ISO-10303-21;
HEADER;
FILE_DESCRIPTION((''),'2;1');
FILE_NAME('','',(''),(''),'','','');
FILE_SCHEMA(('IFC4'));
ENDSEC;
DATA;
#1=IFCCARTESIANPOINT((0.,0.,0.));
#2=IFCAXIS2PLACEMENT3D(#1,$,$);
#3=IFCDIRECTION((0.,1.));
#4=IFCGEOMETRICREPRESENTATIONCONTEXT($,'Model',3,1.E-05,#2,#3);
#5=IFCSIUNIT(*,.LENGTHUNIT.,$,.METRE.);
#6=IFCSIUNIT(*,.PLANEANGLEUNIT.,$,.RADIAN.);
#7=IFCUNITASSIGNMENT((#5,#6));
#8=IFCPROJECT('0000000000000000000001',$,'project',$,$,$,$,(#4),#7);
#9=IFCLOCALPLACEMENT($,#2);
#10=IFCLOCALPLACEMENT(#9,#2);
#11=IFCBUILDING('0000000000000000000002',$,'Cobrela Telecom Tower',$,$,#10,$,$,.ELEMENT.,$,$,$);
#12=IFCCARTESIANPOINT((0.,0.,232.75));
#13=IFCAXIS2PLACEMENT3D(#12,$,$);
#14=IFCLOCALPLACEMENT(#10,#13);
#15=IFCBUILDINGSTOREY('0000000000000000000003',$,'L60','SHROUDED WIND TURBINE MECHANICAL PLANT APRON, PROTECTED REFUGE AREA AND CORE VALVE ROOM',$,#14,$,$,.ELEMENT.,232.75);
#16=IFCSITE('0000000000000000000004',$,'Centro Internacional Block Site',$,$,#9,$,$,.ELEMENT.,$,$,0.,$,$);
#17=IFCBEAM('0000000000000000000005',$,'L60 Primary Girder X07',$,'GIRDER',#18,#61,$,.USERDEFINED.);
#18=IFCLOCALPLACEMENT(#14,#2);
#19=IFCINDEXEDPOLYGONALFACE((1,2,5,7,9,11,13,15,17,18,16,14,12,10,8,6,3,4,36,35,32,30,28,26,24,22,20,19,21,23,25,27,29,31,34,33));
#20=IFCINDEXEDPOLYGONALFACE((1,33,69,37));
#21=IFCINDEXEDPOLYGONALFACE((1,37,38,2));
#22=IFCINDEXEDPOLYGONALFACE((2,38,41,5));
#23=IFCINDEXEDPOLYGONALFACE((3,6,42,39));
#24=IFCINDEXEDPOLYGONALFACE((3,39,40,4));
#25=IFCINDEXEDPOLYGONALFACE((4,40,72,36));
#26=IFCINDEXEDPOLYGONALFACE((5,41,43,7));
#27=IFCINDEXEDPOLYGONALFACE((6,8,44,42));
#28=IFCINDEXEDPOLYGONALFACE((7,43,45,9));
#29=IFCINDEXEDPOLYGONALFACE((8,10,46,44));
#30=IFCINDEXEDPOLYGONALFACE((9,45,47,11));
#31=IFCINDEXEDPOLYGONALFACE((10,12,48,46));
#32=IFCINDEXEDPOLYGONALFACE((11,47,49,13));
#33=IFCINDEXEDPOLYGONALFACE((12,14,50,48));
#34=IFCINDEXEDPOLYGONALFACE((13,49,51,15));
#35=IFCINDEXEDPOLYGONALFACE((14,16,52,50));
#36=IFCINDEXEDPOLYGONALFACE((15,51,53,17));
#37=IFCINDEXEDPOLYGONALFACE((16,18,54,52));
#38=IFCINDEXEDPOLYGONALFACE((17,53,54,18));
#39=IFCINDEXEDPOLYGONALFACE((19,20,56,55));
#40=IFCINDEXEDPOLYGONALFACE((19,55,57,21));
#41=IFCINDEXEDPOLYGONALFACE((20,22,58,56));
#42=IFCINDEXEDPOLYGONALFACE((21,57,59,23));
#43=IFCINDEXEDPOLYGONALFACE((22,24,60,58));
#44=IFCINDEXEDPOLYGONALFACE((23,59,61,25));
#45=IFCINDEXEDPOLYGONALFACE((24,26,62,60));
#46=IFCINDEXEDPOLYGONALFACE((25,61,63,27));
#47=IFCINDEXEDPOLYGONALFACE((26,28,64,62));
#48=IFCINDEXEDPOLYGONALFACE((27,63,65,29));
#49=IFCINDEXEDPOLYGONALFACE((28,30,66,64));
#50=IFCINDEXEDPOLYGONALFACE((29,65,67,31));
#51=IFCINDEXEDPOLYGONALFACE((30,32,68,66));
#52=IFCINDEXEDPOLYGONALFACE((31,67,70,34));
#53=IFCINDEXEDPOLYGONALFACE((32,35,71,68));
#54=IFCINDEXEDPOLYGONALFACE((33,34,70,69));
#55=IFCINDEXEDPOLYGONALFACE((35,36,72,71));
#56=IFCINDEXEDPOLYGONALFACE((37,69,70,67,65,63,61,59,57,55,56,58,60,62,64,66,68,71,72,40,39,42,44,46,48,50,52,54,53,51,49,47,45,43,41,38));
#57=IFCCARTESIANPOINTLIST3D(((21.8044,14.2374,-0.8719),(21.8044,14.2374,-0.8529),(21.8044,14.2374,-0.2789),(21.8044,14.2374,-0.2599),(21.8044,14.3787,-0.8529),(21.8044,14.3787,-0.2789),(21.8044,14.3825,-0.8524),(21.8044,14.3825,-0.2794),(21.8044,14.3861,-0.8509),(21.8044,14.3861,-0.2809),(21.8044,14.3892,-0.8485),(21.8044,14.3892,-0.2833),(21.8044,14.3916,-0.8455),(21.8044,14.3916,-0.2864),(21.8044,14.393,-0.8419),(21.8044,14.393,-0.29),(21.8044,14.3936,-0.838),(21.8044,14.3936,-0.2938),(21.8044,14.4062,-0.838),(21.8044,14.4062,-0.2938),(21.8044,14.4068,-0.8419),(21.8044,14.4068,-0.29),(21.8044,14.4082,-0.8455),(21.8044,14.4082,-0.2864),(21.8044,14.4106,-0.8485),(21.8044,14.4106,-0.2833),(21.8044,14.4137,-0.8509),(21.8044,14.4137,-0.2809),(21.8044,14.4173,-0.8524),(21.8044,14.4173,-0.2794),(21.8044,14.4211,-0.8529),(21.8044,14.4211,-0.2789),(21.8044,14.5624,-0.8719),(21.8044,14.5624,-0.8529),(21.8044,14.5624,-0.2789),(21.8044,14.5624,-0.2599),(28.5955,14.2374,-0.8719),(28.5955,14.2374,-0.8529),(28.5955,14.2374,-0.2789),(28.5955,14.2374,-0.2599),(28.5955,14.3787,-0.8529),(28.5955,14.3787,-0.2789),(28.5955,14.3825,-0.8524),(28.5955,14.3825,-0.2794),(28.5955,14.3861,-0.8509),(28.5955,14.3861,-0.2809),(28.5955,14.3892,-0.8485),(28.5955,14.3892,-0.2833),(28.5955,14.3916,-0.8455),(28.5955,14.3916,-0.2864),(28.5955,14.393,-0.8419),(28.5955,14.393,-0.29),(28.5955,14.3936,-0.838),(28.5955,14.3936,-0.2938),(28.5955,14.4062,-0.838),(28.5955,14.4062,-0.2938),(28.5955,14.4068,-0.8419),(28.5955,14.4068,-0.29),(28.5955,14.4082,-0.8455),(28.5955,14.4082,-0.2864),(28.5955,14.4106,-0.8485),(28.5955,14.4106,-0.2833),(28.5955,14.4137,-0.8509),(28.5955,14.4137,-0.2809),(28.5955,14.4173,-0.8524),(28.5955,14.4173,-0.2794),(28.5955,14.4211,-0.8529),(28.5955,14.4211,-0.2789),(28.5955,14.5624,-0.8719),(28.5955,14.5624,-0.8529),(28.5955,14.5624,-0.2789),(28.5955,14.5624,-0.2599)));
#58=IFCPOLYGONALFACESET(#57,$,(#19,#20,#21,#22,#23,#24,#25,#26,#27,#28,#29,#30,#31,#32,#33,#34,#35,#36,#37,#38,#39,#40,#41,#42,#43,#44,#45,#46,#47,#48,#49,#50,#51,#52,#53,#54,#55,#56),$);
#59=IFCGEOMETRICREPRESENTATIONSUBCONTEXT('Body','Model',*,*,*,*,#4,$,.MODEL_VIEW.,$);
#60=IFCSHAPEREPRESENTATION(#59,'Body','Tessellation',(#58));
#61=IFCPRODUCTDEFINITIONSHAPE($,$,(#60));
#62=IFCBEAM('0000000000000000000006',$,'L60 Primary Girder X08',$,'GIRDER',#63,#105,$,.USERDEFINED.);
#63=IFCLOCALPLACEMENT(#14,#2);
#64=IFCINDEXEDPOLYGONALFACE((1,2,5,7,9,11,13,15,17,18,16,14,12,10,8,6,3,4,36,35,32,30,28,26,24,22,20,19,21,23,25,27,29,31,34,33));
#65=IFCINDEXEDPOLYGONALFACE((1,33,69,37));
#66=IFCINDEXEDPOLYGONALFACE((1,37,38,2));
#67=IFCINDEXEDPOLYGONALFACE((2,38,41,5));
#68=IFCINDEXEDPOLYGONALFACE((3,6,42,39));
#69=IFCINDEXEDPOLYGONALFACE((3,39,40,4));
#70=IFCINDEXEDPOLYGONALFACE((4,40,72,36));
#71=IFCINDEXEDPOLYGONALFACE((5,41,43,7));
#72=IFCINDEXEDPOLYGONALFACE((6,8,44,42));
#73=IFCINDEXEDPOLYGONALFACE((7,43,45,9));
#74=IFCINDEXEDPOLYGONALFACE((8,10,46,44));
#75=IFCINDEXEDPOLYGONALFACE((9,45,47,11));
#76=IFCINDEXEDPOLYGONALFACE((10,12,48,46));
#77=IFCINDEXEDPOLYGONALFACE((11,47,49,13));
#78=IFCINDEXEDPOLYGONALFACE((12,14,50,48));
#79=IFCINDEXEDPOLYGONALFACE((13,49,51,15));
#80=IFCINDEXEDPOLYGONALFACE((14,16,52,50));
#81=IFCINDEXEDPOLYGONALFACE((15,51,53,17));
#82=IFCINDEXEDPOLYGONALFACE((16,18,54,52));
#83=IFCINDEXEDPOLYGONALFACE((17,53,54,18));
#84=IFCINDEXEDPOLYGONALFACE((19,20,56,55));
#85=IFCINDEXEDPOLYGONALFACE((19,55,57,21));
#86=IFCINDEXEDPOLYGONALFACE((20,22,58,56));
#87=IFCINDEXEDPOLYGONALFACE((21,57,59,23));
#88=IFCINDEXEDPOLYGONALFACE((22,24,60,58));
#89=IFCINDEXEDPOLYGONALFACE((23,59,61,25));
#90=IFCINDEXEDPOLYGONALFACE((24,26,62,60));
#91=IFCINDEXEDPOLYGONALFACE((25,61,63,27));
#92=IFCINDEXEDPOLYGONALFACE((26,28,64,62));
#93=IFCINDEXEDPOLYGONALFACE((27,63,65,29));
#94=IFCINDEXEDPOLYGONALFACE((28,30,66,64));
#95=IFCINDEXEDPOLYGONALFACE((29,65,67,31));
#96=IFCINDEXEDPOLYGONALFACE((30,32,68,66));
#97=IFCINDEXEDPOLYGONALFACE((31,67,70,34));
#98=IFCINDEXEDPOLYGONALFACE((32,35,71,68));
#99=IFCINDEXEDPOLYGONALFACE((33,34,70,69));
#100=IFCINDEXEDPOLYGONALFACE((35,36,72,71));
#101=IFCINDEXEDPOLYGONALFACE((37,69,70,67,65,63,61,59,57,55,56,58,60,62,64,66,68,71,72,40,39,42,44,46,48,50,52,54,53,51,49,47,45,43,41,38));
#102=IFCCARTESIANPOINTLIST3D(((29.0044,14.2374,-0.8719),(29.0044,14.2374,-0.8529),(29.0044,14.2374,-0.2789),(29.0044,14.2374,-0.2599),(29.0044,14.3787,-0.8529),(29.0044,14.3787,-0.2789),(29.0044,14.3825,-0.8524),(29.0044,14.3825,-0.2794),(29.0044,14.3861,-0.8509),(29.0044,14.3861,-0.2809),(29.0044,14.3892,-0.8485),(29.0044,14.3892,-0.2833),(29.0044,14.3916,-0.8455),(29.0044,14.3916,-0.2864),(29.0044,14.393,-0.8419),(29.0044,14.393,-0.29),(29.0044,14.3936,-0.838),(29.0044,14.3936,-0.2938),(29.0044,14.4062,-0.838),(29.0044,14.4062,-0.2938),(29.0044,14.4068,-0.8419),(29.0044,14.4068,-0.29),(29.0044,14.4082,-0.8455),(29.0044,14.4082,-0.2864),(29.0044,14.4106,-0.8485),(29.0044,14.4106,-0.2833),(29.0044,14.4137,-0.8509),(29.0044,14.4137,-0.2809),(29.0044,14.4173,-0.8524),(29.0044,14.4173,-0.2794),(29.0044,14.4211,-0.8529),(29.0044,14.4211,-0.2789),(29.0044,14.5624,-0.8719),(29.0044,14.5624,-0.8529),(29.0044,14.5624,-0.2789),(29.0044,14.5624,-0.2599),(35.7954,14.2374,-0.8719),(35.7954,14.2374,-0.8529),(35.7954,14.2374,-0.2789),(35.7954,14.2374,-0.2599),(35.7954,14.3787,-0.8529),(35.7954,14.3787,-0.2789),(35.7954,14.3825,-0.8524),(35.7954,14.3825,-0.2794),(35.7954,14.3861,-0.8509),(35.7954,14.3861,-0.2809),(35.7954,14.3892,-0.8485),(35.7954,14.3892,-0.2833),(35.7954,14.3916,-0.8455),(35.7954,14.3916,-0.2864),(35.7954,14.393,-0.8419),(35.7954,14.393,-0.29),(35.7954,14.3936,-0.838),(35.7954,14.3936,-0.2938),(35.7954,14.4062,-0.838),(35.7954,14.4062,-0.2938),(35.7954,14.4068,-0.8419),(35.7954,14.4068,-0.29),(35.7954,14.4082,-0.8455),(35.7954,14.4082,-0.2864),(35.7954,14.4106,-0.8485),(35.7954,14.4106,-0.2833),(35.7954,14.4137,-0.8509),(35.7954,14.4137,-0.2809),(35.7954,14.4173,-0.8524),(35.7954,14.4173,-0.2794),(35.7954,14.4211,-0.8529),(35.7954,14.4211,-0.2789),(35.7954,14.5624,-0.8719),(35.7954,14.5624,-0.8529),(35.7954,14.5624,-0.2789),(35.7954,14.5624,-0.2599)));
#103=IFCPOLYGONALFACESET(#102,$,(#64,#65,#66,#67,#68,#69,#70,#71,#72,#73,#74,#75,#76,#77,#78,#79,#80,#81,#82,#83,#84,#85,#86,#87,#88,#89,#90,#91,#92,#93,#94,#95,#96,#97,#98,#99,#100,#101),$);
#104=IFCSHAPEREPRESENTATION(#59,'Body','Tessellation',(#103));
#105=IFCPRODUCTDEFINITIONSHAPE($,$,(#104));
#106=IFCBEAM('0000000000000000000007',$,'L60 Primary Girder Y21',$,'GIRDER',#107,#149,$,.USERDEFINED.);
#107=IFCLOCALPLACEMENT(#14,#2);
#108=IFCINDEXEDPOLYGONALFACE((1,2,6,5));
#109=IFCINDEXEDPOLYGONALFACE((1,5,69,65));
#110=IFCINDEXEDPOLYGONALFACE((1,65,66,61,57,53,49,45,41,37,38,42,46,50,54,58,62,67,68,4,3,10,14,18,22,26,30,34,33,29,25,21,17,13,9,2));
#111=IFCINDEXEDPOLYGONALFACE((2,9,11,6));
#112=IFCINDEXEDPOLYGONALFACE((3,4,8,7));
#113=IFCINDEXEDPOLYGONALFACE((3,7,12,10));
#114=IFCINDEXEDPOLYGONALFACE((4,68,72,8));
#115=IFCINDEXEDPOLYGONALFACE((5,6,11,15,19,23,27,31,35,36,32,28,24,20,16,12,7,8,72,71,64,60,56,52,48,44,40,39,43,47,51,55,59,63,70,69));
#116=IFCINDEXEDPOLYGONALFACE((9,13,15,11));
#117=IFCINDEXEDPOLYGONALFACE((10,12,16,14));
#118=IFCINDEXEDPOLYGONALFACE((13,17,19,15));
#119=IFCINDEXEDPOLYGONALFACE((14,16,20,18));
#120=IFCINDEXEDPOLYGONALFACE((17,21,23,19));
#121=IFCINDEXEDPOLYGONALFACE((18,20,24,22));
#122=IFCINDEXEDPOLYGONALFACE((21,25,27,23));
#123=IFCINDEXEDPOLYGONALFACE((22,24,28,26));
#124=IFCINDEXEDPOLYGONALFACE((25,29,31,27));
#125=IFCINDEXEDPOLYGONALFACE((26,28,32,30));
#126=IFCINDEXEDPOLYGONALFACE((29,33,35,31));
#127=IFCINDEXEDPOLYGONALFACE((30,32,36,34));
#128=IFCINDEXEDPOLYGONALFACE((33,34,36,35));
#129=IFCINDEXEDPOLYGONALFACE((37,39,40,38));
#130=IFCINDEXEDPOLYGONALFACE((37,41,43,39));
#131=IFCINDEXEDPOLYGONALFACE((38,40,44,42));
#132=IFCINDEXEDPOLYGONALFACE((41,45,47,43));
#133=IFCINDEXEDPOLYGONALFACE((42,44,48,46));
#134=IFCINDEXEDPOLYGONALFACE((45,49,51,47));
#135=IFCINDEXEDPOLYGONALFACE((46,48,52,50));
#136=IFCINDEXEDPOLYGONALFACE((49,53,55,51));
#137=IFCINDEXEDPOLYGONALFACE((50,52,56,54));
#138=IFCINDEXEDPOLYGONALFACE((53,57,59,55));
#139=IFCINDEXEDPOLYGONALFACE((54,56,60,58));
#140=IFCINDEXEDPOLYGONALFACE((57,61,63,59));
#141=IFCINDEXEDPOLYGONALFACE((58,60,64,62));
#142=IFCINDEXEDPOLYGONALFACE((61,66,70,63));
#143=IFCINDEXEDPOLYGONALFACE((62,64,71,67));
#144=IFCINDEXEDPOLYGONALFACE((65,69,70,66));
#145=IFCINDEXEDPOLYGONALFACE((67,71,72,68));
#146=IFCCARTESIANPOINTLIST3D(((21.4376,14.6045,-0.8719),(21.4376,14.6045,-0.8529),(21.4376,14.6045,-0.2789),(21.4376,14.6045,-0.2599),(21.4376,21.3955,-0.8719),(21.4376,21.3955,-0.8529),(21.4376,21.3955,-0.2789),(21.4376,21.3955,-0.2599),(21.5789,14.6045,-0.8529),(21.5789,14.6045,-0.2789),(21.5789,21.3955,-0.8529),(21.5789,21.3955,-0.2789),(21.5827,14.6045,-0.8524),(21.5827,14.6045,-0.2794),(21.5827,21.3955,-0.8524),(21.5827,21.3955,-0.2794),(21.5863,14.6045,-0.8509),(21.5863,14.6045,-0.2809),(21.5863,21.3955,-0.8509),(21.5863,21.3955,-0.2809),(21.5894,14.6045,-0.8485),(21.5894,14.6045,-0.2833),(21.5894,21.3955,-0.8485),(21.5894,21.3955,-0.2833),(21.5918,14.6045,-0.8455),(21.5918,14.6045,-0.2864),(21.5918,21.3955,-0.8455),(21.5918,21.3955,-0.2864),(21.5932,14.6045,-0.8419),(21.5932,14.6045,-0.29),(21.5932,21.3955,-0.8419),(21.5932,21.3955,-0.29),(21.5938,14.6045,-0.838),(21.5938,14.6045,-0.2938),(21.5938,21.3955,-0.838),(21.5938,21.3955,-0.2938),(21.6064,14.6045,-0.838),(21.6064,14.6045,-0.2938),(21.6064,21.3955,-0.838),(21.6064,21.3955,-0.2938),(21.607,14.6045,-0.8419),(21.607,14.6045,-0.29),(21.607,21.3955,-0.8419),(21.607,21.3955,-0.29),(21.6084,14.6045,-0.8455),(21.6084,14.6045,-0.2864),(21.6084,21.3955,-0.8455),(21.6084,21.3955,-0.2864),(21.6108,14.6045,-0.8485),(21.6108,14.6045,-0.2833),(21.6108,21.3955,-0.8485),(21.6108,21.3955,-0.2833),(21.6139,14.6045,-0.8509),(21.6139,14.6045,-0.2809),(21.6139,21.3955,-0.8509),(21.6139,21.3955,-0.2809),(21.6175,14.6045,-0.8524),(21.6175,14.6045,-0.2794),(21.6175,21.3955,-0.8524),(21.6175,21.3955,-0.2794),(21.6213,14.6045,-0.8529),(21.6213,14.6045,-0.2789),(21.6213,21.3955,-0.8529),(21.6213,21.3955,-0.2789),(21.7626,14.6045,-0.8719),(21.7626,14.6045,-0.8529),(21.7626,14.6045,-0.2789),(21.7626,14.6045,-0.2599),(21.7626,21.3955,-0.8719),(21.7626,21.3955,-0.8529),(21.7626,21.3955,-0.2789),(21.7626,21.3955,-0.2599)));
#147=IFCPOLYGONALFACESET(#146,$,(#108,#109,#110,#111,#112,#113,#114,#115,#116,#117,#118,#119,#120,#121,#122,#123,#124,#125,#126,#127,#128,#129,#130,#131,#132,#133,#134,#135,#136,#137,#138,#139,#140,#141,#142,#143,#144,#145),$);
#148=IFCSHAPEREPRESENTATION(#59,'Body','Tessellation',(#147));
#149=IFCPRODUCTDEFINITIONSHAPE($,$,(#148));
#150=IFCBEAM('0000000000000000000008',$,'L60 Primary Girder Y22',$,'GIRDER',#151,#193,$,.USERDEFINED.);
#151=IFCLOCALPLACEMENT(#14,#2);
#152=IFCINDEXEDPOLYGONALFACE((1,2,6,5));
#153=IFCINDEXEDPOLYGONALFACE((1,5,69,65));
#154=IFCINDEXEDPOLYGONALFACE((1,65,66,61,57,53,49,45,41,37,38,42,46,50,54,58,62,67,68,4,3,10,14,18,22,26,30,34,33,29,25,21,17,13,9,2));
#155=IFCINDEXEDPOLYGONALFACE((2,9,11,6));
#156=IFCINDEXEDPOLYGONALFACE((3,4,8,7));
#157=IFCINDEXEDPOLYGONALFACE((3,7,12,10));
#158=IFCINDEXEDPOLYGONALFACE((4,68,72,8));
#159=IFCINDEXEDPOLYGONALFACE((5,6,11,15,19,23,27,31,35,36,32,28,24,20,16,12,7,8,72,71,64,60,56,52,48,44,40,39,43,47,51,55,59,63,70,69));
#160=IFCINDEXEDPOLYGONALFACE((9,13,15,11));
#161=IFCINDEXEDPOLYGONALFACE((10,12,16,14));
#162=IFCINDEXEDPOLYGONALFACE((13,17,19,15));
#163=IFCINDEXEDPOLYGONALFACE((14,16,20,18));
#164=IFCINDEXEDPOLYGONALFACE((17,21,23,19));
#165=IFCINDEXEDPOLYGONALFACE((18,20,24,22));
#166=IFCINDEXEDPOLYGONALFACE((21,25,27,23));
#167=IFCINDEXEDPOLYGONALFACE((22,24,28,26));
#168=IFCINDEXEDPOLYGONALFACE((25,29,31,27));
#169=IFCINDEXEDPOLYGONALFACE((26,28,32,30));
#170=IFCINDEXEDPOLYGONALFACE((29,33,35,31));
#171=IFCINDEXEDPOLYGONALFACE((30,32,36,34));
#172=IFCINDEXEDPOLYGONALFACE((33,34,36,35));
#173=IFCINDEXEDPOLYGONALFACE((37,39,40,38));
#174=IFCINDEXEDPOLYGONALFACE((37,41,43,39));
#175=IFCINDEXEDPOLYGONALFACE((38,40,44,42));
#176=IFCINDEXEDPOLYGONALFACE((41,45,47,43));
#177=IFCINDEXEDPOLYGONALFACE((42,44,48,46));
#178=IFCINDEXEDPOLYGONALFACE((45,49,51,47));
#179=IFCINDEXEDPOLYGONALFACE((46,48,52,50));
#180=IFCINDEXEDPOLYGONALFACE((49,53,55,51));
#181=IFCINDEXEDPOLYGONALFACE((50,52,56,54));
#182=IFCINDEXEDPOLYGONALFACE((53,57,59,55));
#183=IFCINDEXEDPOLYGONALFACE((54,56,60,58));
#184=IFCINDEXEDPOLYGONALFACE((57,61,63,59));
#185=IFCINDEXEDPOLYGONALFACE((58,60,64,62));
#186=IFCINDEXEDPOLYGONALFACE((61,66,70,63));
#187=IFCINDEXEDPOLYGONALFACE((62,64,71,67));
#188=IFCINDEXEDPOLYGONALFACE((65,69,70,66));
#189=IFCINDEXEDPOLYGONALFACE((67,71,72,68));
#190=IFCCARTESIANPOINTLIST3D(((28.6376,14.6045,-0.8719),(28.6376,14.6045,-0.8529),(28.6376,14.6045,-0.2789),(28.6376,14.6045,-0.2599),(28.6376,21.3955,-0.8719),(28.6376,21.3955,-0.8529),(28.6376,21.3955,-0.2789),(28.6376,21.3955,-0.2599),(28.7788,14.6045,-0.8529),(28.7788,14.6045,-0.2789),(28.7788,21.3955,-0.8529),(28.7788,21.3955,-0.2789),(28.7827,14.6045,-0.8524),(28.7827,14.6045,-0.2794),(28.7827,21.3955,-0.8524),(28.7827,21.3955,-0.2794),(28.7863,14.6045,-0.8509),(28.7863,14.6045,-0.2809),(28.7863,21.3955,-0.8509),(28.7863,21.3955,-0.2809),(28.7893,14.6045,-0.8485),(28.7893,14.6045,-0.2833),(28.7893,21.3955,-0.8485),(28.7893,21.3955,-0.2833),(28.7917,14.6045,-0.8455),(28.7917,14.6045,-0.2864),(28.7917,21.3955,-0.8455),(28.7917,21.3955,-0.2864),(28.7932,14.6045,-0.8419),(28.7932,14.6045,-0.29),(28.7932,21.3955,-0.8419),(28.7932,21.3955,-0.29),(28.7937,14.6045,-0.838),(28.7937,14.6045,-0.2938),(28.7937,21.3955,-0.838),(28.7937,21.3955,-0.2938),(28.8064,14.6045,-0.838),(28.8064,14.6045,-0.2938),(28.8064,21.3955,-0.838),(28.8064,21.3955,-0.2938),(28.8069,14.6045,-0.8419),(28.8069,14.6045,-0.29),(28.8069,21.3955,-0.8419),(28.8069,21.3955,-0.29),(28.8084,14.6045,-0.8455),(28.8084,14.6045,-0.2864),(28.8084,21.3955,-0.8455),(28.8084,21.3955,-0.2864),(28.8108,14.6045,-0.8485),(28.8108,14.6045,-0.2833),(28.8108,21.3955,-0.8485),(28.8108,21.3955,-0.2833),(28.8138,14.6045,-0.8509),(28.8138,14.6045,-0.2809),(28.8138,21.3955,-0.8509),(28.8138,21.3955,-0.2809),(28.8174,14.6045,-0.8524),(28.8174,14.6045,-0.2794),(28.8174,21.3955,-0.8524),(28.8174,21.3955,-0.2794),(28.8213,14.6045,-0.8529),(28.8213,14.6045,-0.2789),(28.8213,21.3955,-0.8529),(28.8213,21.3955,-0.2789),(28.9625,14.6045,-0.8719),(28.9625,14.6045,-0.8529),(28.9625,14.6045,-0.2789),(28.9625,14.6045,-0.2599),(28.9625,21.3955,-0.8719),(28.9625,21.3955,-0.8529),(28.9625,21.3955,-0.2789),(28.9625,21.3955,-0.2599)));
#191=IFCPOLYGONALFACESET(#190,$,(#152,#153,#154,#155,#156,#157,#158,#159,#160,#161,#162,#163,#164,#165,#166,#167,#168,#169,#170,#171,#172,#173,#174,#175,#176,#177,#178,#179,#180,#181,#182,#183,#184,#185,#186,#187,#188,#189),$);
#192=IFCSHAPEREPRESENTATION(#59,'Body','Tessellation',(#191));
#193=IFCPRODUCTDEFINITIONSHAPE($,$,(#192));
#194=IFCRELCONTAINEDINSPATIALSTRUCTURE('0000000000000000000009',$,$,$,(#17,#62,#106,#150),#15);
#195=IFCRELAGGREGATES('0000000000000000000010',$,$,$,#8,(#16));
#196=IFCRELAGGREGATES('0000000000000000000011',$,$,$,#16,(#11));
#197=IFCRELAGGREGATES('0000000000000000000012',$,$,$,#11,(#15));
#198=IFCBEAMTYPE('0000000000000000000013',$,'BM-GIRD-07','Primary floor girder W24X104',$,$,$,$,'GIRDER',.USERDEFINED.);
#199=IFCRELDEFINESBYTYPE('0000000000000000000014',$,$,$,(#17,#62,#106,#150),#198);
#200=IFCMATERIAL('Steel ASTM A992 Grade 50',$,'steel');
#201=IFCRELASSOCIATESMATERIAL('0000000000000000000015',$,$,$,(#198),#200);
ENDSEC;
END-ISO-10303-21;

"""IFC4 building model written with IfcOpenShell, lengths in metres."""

from ifc_helpers import new_model, si_unit, direction, frame, origin, origin_2d, place, context, subcontext, project, spatial, i_section, extrude, material, material_profile, profile_set, type_object, element, save


model = new_model("IFC4")

# Units and contexts
model_context = context("Model", 3, precision=1e-05, world=origin(), true_north=direction((0.0, 1.0)))
body_context = subcontext(model_context, "Body", "Model", "MODEL_VIEW")
ifc_project = project(units=[si_unit("LENGTHUNIT", "METRE"), si_unit("PLANEANGLEUNIT", "RADIAN")], contexts=[model_context])

# Site, building, storey
site_placement = place(None, origin())
site = spatial("IfcSite", under=ifc_project, at=site_placement, Name="Centro Internacional Block Site", CompositionType="ELEMENT", RefElevation=0.0)
building_placement = place(site_placement, origin())
building = spatial("IfcBuilding", under=site, at=building_placement, Name="Cobrela Telecom Tower", CompositionType="ELEMENT")
storey_placement = place(building_placement, frame((0.0, 0.0, 232.75)))
storey = spatial("IfcBuildingStorey", under=building, at=storey_placement, Name="L60", Description="SHROUDED WIND TURBINE MECHANICAL PLANT APRON, PROTECTED REFUGE AREA AND CORE VALVE ROOM", CompositionType="ELEMENT", Elevation=232.75)

# Shared definitions
ifc_material_1 = material(Name="Steel ASTM A992 Grade 50", Category="steel")

# Beams
ifc_material_profile_1 = material_profile(ifc_material_1, i_section(OverallWidth=0.325, OverallDepth=0.6121, WebThickness=0.0127, FlangeThickness=0.019, FilletRadius=0.0149, at=origin_2d()), Name="W24X104")
ifc_profile_set_1 = profile_set([ifc_material_profile_1], Name="Steel ASTM A992 Grade 50")
beam_type_1 = type_object("IfcBeamType", Name="BM-GIRD-07", Description="Primary floor girder W24X104", ElementType="GIRDER", PredefinedType="USERDEFINED", material=ifc_profile_set_1)
for number, where, z_axis, x_axis, name in (
    (1, (21.8044, 14.3999, -0.5659), (1.0, 0.0, 0.0), (0.0, 1.0, 0.0), "L60 Primary Girder X07"),
    (2, (29.0044, 14.3999, -0.5659), (1.0, 0.0, 0.0), (0.0, 1.0, 0.0), "L60 Primary Girder X08"),
    (3, (21.6001, 14.6045, -0.5659), (0.0, 1.0, 0.0), (-1.0, 0.0, 0.0), "L60 Primary Girder Y21"),
    (4, (28.8, 14.6045, -0.5659), (0.0, 1.0, 0.0), (-1.0, 0.0, 0.0), "L60 Primary Girder Y22"),
):
    element("IfcBeam", number, at=place(storey_placement, frame(where, z_axis=z_axis, x_axis=x_axis)), inside=storey, type_object=beam_type_1, Name=name, ObjectType="GIRDER", PredefinedType="USERDEFINED", context=body_context, shape_type="SweptSolid", body=[
        extrude(i_section(OverallWidth=0.325, OverallDepth=0.6121, WebThickness=0.0127, FlangeThickness=0.019, FilletRadius=0.0149, at=origin_2d()), origin(), (0.0, 0.0, 1.0), 6.791),
    ])

save(model, "model.ifc")
